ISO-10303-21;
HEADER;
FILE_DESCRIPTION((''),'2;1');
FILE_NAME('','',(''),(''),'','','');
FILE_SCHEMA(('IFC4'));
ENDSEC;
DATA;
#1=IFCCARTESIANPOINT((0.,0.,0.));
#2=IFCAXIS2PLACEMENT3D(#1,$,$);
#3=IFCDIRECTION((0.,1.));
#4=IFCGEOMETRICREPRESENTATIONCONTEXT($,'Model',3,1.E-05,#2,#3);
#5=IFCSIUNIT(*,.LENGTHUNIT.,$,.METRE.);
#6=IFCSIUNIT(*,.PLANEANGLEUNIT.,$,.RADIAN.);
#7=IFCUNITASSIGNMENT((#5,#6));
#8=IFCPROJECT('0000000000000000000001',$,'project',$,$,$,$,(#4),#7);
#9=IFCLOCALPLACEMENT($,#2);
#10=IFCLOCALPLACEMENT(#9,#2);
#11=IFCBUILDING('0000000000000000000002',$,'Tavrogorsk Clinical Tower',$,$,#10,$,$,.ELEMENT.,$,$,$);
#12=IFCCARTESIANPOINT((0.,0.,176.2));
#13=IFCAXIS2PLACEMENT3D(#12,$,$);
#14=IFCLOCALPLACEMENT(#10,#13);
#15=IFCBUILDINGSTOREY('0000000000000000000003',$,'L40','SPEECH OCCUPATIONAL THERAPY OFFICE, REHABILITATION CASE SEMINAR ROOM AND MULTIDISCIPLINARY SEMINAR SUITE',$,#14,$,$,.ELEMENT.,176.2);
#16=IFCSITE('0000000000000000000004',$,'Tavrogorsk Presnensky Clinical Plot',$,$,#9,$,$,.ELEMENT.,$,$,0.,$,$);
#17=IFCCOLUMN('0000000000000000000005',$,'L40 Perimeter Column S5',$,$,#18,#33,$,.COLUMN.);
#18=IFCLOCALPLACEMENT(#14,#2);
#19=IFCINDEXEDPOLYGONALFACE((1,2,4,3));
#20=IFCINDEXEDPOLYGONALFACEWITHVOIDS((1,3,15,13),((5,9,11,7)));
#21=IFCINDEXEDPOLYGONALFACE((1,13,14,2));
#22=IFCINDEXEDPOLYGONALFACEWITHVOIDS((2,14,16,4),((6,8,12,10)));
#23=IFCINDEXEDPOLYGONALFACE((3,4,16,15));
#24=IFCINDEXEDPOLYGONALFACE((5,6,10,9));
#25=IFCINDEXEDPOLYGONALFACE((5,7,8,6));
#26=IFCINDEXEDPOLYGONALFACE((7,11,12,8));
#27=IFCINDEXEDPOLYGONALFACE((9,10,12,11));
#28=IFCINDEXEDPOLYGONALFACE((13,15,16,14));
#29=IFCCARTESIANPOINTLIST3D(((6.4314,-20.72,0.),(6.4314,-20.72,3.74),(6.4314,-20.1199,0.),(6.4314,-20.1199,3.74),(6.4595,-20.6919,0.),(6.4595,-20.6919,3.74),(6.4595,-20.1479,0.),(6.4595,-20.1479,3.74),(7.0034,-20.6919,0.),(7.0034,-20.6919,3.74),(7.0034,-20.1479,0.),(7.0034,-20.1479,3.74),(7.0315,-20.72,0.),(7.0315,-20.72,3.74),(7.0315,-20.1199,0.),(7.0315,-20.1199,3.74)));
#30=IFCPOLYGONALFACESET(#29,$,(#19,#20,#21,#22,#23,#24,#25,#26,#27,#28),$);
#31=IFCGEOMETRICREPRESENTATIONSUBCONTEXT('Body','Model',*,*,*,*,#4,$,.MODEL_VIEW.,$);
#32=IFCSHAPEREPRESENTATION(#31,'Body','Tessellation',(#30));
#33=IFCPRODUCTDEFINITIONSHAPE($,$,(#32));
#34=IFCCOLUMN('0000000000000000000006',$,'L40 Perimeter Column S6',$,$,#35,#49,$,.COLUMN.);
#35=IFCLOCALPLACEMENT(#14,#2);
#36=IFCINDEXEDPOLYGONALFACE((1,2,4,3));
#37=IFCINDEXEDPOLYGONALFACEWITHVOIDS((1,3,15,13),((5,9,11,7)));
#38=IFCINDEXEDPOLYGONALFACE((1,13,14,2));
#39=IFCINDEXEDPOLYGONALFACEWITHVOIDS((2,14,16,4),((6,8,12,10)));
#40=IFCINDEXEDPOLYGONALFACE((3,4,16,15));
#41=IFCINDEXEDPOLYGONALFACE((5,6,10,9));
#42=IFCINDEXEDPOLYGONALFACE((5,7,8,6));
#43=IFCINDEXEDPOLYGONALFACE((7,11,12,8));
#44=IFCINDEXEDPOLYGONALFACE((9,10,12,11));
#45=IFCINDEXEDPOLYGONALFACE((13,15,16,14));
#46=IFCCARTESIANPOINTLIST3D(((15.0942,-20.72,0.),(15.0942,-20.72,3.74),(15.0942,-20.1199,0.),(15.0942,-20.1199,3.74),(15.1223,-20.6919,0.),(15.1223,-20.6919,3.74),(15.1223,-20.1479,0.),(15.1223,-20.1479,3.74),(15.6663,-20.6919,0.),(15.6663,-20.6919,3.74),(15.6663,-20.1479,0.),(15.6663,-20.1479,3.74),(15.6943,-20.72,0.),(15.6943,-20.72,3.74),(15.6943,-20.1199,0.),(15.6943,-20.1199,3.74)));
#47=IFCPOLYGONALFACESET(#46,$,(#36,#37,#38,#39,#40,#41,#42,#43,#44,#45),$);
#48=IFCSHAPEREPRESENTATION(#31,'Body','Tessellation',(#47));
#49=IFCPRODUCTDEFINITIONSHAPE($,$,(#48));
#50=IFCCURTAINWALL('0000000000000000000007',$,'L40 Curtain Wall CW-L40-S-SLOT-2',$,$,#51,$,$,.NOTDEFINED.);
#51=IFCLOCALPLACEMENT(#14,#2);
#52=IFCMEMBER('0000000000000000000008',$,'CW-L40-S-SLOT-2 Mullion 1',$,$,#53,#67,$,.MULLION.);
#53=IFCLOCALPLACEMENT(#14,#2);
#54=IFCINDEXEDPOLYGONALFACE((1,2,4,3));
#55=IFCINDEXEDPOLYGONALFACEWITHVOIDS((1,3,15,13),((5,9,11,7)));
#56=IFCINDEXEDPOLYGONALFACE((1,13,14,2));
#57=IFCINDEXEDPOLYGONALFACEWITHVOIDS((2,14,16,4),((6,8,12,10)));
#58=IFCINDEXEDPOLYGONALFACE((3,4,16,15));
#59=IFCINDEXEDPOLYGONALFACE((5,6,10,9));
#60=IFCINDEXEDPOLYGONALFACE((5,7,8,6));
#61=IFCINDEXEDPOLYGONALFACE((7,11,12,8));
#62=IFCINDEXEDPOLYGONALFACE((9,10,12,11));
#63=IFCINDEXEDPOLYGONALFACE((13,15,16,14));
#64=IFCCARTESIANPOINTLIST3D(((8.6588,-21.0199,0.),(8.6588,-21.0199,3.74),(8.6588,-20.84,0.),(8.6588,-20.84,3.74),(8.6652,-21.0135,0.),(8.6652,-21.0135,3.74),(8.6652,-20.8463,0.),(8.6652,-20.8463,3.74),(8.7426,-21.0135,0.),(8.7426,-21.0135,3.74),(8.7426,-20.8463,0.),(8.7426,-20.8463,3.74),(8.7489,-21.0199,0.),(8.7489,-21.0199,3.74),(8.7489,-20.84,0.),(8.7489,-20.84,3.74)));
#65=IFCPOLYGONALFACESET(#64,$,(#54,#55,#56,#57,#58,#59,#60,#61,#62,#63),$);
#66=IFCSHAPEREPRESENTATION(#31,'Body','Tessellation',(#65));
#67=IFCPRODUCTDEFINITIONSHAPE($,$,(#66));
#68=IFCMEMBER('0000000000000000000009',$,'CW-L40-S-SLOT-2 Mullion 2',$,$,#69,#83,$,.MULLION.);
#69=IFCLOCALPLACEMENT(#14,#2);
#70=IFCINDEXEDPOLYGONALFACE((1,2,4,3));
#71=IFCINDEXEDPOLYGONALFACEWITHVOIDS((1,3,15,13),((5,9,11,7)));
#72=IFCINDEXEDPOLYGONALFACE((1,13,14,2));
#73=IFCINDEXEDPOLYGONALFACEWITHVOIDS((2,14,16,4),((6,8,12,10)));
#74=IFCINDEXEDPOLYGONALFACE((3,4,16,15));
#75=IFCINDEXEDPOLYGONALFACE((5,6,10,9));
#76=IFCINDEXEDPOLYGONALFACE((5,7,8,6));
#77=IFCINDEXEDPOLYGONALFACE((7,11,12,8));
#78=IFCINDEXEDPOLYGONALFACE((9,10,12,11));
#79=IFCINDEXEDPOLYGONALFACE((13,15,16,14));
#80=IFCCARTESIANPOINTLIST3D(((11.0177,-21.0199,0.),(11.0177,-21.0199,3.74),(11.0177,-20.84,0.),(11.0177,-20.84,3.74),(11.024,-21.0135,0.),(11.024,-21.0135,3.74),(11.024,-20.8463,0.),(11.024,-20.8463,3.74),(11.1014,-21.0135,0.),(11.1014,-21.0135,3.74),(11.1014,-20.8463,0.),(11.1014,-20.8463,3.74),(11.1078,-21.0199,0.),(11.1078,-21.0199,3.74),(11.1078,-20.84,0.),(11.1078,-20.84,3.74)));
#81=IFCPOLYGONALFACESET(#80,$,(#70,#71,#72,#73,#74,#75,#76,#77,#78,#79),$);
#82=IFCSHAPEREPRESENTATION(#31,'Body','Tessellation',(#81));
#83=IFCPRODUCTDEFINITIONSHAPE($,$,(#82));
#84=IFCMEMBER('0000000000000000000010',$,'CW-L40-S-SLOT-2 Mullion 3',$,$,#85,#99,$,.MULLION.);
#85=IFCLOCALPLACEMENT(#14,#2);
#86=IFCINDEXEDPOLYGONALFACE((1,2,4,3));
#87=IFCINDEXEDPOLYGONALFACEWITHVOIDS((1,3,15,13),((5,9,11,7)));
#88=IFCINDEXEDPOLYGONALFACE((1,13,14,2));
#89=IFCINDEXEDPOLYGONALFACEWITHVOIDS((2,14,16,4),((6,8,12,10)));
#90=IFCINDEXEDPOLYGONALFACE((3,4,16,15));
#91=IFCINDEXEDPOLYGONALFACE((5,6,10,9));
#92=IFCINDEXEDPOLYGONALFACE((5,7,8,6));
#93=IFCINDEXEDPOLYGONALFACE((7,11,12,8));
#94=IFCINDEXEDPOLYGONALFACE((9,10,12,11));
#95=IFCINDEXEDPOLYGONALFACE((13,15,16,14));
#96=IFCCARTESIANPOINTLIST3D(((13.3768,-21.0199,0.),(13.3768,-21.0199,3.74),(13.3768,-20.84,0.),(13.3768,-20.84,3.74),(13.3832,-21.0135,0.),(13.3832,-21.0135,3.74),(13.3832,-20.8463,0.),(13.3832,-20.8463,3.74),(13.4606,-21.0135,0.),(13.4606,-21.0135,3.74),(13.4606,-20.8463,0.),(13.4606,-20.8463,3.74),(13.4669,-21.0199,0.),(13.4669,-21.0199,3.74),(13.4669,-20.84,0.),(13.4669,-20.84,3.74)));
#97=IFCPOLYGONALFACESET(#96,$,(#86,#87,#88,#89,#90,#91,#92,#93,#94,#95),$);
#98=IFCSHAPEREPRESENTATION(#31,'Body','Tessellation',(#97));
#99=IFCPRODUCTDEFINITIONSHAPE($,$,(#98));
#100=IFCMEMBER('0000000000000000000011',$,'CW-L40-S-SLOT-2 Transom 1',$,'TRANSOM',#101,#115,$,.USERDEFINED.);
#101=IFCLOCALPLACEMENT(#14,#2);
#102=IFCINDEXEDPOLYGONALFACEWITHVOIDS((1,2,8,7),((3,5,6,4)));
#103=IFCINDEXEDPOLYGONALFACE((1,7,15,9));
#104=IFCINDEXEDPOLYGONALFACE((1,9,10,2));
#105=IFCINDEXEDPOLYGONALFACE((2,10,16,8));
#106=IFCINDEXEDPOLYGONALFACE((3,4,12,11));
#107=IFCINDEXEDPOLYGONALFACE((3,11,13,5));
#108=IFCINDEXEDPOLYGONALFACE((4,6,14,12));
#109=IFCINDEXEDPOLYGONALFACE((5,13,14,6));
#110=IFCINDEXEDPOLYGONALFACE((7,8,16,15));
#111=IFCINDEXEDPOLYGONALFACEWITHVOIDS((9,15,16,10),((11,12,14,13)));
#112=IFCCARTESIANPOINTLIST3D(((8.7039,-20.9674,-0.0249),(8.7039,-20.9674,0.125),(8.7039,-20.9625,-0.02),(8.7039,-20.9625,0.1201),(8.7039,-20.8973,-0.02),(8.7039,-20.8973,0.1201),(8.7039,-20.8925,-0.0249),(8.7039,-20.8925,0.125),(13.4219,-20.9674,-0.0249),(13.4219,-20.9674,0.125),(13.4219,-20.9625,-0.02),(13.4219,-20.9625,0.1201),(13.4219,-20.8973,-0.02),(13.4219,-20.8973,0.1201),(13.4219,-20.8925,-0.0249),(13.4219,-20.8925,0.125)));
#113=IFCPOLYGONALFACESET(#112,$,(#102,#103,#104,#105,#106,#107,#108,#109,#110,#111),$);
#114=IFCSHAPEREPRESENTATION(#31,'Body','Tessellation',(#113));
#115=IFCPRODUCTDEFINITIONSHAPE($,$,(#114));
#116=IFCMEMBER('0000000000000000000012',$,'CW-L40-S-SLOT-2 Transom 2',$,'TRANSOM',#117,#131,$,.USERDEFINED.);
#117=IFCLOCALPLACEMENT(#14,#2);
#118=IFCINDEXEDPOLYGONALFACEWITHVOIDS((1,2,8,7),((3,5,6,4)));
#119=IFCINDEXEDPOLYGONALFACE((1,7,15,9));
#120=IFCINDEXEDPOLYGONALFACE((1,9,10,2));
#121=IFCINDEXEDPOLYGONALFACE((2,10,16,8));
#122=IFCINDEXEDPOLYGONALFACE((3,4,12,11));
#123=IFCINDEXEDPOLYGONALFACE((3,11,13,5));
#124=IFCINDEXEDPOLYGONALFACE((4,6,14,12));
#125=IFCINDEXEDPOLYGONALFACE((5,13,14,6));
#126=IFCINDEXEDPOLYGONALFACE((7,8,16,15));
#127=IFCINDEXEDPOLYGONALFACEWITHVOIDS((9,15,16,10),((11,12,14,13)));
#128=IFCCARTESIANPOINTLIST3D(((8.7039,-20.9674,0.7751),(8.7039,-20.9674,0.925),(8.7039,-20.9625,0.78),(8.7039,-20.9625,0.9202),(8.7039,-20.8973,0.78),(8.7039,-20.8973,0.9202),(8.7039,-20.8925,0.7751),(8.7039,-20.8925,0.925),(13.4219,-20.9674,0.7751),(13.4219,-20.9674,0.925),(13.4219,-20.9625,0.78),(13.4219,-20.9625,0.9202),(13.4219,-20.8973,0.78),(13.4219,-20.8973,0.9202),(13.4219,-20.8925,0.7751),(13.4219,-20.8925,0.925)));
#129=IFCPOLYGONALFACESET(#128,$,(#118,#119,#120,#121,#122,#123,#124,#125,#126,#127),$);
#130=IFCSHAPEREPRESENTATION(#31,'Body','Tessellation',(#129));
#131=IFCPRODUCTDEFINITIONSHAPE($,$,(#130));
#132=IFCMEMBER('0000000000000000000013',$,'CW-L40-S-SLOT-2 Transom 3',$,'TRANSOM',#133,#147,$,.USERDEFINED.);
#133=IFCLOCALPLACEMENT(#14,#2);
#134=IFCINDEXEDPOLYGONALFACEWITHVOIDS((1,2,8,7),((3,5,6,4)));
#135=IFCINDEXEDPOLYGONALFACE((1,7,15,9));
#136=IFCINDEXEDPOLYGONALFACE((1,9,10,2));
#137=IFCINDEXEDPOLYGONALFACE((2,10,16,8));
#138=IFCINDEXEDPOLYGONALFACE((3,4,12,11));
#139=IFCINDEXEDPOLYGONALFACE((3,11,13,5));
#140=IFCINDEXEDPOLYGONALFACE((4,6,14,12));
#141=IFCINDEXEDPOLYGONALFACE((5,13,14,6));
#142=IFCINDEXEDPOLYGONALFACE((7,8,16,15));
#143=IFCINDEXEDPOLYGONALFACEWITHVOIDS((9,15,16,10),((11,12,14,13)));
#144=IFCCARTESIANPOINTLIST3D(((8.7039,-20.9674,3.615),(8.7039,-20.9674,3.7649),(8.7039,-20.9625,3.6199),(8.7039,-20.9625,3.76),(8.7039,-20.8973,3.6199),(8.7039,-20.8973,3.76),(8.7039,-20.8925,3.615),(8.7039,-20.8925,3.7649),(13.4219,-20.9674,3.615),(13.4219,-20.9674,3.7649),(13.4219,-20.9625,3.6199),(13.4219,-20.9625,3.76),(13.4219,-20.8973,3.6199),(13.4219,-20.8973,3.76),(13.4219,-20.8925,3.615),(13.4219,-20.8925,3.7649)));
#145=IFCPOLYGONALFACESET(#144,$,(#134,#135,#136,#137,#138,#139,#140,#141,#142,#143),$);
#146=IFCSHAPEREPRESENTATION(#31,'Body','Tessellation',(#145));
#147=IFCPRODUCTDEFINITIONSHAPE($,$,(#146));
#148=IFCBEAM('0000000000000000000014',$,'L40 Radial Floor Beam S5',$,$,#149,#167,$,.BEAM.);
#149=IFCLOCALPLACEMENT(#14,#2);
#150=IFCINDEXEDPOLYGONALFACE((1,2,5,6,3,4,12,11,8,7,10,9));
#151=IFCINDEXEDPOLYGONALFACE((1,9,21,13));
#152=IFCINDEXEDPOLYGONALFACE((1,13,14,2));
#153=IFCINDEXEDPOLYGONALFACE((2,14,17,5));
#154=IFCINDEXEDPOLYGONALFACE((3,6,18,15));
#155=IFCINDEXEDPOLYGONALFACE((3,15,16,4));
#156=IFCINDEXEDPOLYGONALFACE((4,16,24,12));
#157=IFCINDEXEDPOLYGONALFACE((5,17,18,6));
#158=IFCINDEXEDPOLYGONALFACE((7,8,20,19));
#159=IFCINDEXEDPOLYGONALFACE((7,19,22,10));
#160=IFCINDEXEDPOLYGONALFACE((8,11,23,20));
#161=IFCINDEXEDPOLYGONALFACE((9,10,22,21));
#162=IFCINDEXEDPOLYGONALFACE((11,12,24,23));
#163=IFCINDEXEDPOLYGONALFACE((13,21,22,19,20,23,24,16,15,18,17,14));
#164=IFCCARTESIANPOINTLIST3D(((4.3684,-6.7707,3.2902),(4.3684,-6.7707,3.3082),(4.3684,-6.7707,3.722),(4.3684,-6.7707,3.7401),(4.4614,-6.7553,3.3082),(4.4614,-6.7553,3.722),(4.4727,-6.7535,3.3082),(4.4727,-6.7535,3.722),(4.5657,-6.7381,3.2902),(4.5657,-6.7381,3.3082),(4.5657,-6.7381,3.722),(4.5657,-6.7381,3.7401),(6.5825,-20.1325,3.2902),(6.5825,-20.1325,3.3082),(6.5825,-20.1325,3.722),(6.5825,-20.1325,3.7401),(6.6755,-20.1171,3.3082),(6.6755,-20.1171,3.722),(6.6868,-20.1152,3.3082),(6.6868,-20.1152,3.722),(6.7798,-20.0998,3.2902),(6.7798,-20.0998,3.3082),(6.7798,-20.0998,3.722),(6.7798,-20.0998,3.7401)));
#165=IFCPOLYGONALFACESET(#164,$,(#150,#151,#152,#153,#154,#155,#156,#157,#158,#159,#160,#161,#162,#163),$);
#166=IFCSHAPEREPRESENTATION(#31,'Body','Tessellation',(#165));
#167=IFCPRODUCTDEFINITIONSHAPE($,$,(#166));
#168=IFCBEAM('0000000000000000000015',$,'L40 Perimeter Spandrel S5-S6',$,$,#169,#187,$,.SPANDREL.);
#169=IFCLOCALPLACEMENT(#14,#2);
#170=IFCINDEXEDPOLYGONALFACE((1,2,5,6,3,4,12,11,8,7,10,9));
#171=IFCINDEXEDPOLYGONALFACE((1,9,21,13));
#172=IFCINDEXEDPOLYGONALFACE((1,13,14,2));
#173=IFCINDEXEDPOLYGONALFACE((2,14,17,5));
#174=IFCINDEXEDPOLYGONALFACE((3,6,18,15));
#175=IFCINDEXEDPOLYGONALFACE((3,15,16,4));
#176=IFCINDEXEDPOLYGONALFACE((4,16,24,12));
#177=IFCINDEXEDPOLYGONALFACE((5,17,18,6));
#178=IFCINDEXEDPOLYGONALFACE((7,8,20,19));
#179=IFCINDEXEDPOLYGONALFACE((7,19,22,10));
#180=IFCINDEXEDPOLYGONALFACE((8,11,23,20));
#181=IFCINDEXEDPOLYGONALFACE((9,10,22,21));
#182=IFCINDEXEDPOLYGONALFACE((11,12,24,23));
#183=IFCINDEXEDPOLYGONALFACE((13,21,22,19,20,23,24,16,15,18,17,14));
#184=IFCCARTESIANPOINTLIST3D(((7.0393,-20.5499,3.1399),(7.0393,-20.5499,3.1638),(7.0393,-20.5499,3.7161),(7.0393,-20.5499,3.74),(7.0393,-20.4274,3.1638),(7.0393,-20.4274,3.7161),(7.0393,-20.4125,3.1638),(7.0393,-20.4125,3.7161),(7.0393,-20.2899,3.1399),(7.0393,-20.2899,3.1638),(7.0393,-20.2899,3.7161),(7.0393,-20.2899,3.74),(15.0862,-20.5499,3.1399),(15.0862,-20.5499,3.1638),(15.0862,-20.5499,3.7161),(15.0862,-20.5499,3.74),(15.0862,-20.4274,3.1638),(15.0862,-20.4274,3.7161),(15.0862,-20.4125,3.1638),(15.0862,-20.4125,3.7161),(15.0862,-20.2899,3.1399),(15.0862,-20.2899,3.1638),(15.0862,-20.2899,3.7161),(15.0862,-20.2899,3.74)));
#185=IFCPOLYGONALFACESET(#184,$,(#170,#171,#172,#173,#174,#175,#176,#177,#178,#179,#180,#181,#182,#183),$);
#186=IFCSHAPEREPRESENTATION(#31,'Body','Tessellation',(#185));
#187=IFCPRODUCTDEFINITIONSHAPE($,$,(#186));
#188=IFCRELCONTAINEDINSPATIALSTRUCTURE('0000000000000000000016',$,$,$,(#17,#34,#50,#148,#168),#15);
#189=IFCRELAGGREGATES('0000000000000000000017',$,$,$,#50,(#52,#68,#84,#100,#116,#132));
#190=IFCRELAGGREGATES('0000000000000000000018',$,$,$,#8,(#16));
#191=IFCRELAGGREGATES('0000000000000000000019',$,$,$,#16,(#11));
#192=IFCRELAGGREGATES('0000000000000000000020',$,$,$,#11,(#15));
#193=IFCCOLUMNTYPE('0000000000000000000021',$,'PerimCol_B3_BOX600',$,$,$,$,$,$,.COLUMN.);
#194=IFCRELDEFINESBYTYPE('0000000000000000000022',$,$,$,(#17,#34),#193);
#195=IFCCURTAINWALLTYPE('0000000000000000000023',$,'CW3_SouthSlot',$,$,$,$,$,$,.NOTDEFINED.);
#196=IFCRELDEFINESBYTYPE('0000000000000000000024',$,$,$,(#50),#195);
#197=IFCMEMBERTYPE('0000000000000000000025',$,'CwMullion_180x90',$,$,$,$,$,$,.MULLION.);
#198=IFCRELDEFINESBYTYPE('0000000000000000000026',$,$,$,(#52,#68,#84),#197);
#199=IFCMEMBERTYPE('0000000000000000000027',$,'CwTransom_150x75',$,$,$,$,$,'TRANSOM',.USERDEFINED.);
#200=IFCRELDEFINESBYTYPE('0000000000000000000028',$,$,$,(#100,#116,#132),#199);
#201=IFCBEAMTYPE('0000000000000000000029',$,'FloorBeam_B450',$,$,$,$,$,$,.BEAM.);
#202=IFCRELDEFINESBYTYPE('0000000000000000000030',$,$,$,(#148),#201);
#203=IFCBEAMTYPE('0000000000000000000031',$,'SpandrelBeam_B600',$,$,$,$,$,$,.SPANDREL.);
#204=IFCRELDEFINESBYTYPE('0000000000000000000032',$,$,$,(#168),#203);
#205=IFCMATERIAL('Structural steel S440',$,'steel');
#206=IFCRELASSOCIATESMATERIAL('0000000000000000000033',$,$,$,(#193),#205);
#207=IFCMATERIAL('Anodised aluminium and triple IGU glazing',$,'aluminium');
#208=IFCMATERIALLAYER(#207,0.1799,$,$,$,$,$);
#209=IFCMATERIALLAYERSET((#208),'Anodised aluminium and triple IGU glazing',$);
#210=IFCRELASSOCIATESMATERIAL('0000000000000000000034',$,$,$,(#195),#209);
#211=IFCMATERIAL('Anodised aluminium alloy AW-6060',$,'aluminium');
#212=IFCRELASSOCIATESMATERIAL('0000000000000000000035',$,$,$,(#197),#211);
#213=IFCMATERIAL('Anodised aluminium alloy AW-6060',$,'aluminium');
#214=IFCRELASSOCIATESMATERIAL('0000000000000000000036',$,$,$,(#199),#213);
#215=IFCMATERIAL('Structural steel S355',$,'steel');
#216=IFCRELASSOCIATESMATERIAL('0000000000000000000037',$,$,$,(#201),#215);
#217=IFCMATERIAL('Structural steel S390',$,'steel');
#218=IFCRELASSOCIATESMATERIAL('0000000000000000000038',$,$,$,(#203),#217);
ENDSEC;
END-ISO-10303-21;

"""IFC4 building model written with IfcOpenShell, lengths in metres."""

from ifc_helpers import new_model, si_unit, direction, frame, origin, origin_2d, place, context, subcontext, project, spatial, hollow_rectangle, i_section, extrude, material, layer, layer_set, material_profile, profile_set, type_object, element, aggregate, save


model = new_model("IFC4")

# Units and contexts
model_context = context("Model", 3, precision=1e-05, world=origin(), true_north=direction((0.0, 1.0)))
body_context = subcontext(model_context, "Body", "Model", "MODEL_VIEW")
ifc_project = project(units=[si_unit("LENGTHUNIT", "METRE"), si_unit("PLANEANGLEUNIT", "RADIAN")], contexts=[model_context])

# Site, building, storey
site_placement = place(None, origin())
site = spatial("IfcSite", under=ifc_project, at=site_placement, Name="Tavrogorsk Presnensky Clinical Plot", CompositionType="ELEMENT", RefElevation=0.0)
building_placement = place(site_placement, origin())
building = spatial("IfcBuilding", under=site, at=building_placement, Name="Tavrogorsk Clinical Tower", CompositionType="ELEMENT")
storey_placement = place(building_placement, frame((0.0, 0.0, 176.2)))
storey = spatial("IfcBuildingStorey", under=building, at=storey_placement, Name="L40", Description="SPEECH OCCUPATIONAL THERAPY OFFICE, REHABILITATION CASE SEMINAR ROOM AND MULTIDISCIPLINARY SEMINAR SUITE", CompositionType="ELEMENT", Elevation=176.2)

# Columns
ifc_material_1 = material(Name="Structural steel S440", Category="steel")
ifc_material_profile_1 = material_profile(ifc_material_1, hollow_rectangle(XDim=0.6001, YDim=0.6001, WallThickness=0.0281, at=origin_2d()), Name="BOX-600x600x28")
ifc_profile_set_1 = profile_set([ifc_material_profile_1], Name="Structural steel S440")
column_type = type_object("IfcColumnType", Name="PerimCol_B3_BOX600", PredefinedType="COLUMN", material=ifc_profile_set_1)
for number, where, z_axis, x_axis, name in (
    (1, (6.7314, -20.4199, 0.0), (0.0, 0.0, 1.0), (1.0, 0.0, 0.0), "L40 Perimeter Column S5"),
    (2, (15.3943, -20.4199, 0.0), (0.0, 0.0, 1.0), (1.0, 0.0, 0.0), "L40 Perimeter Column S6"),
):
    element("IfcColumn", number, at=place(storey_placement, frame(where, z_axis=z_axis, x_axis=x_axis)), inside=storey, type_object=column_type, Name=name, PredefinedType="COLUMN", context=body_context, shape_type="SweptSolid", body=[
        extrude(hollow_rectangle(XDim=0.6001, YDim=0.6001, WallThickness=0.0281, at=origin_2d()), origin(), (0.0, 0.0, 1.0), 3.74),
    ])

# Curtain wall, members
ifc_material_2 = material(Name="Anodised aluminium and triple IGU glazing", Category="aluminium")
ifc_layer_1 = layer(ifc_material_2, 0.1799)
ifc_layer_set_1 = layer_set([ifc_layer_1], Name="Anodised aluminium and triple IGU glazing")
curtain_wall_type = type_object("IfcCurtainWallType", Name="CW3_SouthSlot", PredefinedType="NOTDEFINED", material=ifc_layer_set_1)
curtain_wall_placement = place(storey_placement, origin())
curtain_wall = element("IfcCurtainWall", 3, at=curtain_wall_placement, inside=storey, type_object=curtain_wall_type, Name="L40 Curtain Wall CW-L40-S-SLOT-2", PredefinedType="NOTDEFINED")
ifc_material_3 = material(Name="Anodised aluminium alloy AW-6060", Category="aluminium")
ifc_material_profile_2 = material_profile(ifc_material_3, hollow_rectangle(XDim=0.0901, YDim=0.1799, WallThickness=0.0063, at=origin_2d()), Name="RHS-180x90x6.3")
ifc_profile_set_2 = profile_set([ifc_material_profile_2], Name="Anodised aluminium alloy AW-6060")
member_type_1 = type_object("IfcMemberType", Name="CwMullion_180x90", PredefinedType="MULLION", material=ifc_profile_set_2)
member_1_placement = place(storey_placement, frame((8.7039, -20.9299, 0.0), z_axis=(0.0, 0.0, 1.0), x_axis=(1.0, 0.0, 0.0)))
member_1 = element("IfcMember", 4, at=member_1_placement, type_object=member_type_1, Name="CW-L40-S-SLOT-2 Mullion 1", PredefinedType="MULLION", context=body_context, shape_type="SweptSolid", body=[
    extrude(hollow_rectangle(XDim=0.0901, YDim=0.1799, WallThickness=0.0063, at=origin_2d()), origin(), (0.0, 0.0, 1.0), 3.74),
])
member_2_placement = place(storey_placement, frame((11.0627, -20.9299, 0.0), z_axis=(0.0, 0.0, 1.0), x_axis=(1.0, 0.0, 0.0)))
member_2 = element("IfcMember", 5, at=member_2_placement, type_object=member_type_1, Name="CW-L40-S-SLOT-2 Mullion 2", PredefinedType="MULLION", context=body_context, shape_type="SweptSolid", body=[
    extrude(hollow_rectangle(XDim=0.0901, YDim=0.1799, WallThickness=0.0063, at=origin_2d()), origin(), (0.0, 0.0, 1.0), 3.74),
])
member_3_placement = place(storey_placement, frame((13.4219, -20.9299, 0.0), z_axis=(0.0, 0.0, 1.0), x_axis=(1.0, 0.0, 0.0)))
member_3 = element("IfcMember", 6, at=member_3_placement, type_object=member_type_1, Name="CW-L40-S-SLOT-2 Mullion 3", PredefinedType="MULLION", context=body_context, shape_type="SweptSolid", body=[
    extrude(hollow_rectangle(XDim=0.0901, YDim=0.1799, WallThickness=0.0063, at=origin_2d()), origin(), (0.0, 0.0, 1.0), 3.74),
])
ifc_material_4 = material(Name="Anodised aluminium alloy AW-6060", Category="aluminium")
ifc_material_profile_3 = material_profile(ifc_material_4, hollow_rectangle(XDim=0.075, YDim=0.1499, WallThickness=0.0049, at=origin_2d()), Name="RHS-150x75x5")
ifc_profile_set_3 = profile_set([ifc_material_profile_3], Name="Anodised aluminium alloy AW-6060")
member_type_2 = type_object("IfcMemberType", Name="CwTransom_150x75", ElementType="TRANSOM", PredefinedType="USERDEFINED", material=ifc_profile_set_3)
member_4_placement = place(storey_placement, frame((8.7039, -20.9299, 0.05), z_axis=(1.0, 0.0, 0.0), x_axis=(0.0, 1.0, 0.0)))
member_4 = element("IfcMember", 7, at=member_4_placement, type_object=member_type_2, Name="CW-L40-S-SLOT-2 Transom 1", ObjectType="TRANSOM", PredefinedType="USERDEFINED", context=body_context, shape_type="SweptSolid", body=[
    extrude(hollow_rectangle(XDim=0.075, YDim=0.1499, WallThickness=0.0049, at=origin_2d()), origin(), (0.0, 0.0, 1.0), 4.718),
])
member_5_placement = place(storey_placement, frame((8.7039, -20.9299, 0.8501), z_axis=(1.0, 0.0, 0.0), x_axis=(0.0, 1.0, 0.0)))
member_5 = element("IfcMember", 8, at=member_5_placement, type_object=member_type_2, Name="CW-L40-S-SLOT-2 Transom 2", ObjectType="TRANSOM", PredefinedType="USERDEFINED", context=body_context, shape_type="SweptSolid", body=[
    extrude(hollow_rectangle(XDim=0.075, YDim=0.1499, WallThickness=0.0049, at=origin_2d()), origin(), (0.0, 0.0, 1.0), 4.718),
])
member_6_placement = place(storey_placement, frame((8.7039, -20.9299, 3.6899), z_axis=(1.0, 0.0, 0.0), x_axis=(0.0, 1.0, 0.0)))
member_6 = element("IfcMember", 9, at=member_6_placement, type_object=member_type_2, Name="CW-L40-S-SLOT-2 Transom 3", ObjectType="TRANSOM", PredefinedType="USERDEFINED", context=body_context, shape_type="SweptSolid", body=[
    extrude(hollow_rectangle(XDim=0.075, YDim=0.1499, WallThickness=0.0049, at=origin_2d()), origin(), (0.0, 0.0, 1.0), 4.718),
])

# Beams
ifc_material_5 = material(Name="Structural steel S355", Category="steel")
ifc_material_profile_4 = material_profile(ifc_material_5, i_section(OverallWidth=0.2, OverallDepth=0.45, WebThickness=0.0115, FlangeThickness=0.0181, at=origin_2d()), Name="B-450x200x11.5x18")
ifc_profile_set_4 = profile_set([ifc_material_profile_4], Name="Structural steel S355")
beam_type_1 = type_object("IfcBeamType", Name="FloorBeam_B450", PredefinedType="BEAM", material=ifc_profile_set_4)
beam_1_placement = place(storey_placement, frame((4.467, -6.7544, 3.5151), z_axis=(0.163475, -0.986547, 0.0), x_axis=(0.986547, 0.163475, 0.0)))
element("IfcBeam", 10, at=beam_1_placement, inside=storey, type_object=beam_type_1, Name="L40 Radial Floor Beam S5", PredefinedType="BEAM", context=body_context, shape_type="SweptSolid", body=[
    extrude(i_section(OverallWidth=0.2, OverallDepth=0.45, WebThickness=0.0115, FlangeThickness=0.0181, at=origin_2d()), origin(), (0.0, 0.0, 1.0), 13.5439),
])
ifc_material_6 = material(Name="Structural steel S390", Category="steel")
ifc_material_profile_5 = material_profile(ifc_material_6, i_section(OverallWidth=0.26, OverallDepth=0.6001, WebThickness=0.0149, FlangeThickness=0.0239, at=origin_2d()), Name="B-600x260x15x24")
ifc_profile_set_5 = profile_set([ifc_material_profile_5], Name="Structural steel S390")
beam_type_2 = type_object("IfcBeamType", Name="SpandrelBeam_B600", PredefinedType="SPANDREL", material=ifc_profile_set_5)
beam_2_placement = place(storey_placement, frame((7.0393, -20.4199, 3.4399), z_axis=(1.0, 0.0, 0.0), x_axis=(0.0, 1.0, 0.0)))
element("IfcBeam", 11, at=beam_2_placement, inside=storey, type_object=beam_type_2, Name="L40 Perimeter Spandrel S5-S6", PredefinedType="SPANDREL", context=body_context, shape_type="SweptSolid", body=[
    extrude(i_section(OverallWidth=0.26, OverallDepth=0.6001, WebThickness=0.0149, FlangeThickness=0.0239, at=origin_2d()), origin(), (0.0, 0.0, 1.0), 8.0469),
])

aggregate(curtain_wall, [member_1, member_2, member_3, member_4, member_5, member_6])

save(model, "model.ifc")
